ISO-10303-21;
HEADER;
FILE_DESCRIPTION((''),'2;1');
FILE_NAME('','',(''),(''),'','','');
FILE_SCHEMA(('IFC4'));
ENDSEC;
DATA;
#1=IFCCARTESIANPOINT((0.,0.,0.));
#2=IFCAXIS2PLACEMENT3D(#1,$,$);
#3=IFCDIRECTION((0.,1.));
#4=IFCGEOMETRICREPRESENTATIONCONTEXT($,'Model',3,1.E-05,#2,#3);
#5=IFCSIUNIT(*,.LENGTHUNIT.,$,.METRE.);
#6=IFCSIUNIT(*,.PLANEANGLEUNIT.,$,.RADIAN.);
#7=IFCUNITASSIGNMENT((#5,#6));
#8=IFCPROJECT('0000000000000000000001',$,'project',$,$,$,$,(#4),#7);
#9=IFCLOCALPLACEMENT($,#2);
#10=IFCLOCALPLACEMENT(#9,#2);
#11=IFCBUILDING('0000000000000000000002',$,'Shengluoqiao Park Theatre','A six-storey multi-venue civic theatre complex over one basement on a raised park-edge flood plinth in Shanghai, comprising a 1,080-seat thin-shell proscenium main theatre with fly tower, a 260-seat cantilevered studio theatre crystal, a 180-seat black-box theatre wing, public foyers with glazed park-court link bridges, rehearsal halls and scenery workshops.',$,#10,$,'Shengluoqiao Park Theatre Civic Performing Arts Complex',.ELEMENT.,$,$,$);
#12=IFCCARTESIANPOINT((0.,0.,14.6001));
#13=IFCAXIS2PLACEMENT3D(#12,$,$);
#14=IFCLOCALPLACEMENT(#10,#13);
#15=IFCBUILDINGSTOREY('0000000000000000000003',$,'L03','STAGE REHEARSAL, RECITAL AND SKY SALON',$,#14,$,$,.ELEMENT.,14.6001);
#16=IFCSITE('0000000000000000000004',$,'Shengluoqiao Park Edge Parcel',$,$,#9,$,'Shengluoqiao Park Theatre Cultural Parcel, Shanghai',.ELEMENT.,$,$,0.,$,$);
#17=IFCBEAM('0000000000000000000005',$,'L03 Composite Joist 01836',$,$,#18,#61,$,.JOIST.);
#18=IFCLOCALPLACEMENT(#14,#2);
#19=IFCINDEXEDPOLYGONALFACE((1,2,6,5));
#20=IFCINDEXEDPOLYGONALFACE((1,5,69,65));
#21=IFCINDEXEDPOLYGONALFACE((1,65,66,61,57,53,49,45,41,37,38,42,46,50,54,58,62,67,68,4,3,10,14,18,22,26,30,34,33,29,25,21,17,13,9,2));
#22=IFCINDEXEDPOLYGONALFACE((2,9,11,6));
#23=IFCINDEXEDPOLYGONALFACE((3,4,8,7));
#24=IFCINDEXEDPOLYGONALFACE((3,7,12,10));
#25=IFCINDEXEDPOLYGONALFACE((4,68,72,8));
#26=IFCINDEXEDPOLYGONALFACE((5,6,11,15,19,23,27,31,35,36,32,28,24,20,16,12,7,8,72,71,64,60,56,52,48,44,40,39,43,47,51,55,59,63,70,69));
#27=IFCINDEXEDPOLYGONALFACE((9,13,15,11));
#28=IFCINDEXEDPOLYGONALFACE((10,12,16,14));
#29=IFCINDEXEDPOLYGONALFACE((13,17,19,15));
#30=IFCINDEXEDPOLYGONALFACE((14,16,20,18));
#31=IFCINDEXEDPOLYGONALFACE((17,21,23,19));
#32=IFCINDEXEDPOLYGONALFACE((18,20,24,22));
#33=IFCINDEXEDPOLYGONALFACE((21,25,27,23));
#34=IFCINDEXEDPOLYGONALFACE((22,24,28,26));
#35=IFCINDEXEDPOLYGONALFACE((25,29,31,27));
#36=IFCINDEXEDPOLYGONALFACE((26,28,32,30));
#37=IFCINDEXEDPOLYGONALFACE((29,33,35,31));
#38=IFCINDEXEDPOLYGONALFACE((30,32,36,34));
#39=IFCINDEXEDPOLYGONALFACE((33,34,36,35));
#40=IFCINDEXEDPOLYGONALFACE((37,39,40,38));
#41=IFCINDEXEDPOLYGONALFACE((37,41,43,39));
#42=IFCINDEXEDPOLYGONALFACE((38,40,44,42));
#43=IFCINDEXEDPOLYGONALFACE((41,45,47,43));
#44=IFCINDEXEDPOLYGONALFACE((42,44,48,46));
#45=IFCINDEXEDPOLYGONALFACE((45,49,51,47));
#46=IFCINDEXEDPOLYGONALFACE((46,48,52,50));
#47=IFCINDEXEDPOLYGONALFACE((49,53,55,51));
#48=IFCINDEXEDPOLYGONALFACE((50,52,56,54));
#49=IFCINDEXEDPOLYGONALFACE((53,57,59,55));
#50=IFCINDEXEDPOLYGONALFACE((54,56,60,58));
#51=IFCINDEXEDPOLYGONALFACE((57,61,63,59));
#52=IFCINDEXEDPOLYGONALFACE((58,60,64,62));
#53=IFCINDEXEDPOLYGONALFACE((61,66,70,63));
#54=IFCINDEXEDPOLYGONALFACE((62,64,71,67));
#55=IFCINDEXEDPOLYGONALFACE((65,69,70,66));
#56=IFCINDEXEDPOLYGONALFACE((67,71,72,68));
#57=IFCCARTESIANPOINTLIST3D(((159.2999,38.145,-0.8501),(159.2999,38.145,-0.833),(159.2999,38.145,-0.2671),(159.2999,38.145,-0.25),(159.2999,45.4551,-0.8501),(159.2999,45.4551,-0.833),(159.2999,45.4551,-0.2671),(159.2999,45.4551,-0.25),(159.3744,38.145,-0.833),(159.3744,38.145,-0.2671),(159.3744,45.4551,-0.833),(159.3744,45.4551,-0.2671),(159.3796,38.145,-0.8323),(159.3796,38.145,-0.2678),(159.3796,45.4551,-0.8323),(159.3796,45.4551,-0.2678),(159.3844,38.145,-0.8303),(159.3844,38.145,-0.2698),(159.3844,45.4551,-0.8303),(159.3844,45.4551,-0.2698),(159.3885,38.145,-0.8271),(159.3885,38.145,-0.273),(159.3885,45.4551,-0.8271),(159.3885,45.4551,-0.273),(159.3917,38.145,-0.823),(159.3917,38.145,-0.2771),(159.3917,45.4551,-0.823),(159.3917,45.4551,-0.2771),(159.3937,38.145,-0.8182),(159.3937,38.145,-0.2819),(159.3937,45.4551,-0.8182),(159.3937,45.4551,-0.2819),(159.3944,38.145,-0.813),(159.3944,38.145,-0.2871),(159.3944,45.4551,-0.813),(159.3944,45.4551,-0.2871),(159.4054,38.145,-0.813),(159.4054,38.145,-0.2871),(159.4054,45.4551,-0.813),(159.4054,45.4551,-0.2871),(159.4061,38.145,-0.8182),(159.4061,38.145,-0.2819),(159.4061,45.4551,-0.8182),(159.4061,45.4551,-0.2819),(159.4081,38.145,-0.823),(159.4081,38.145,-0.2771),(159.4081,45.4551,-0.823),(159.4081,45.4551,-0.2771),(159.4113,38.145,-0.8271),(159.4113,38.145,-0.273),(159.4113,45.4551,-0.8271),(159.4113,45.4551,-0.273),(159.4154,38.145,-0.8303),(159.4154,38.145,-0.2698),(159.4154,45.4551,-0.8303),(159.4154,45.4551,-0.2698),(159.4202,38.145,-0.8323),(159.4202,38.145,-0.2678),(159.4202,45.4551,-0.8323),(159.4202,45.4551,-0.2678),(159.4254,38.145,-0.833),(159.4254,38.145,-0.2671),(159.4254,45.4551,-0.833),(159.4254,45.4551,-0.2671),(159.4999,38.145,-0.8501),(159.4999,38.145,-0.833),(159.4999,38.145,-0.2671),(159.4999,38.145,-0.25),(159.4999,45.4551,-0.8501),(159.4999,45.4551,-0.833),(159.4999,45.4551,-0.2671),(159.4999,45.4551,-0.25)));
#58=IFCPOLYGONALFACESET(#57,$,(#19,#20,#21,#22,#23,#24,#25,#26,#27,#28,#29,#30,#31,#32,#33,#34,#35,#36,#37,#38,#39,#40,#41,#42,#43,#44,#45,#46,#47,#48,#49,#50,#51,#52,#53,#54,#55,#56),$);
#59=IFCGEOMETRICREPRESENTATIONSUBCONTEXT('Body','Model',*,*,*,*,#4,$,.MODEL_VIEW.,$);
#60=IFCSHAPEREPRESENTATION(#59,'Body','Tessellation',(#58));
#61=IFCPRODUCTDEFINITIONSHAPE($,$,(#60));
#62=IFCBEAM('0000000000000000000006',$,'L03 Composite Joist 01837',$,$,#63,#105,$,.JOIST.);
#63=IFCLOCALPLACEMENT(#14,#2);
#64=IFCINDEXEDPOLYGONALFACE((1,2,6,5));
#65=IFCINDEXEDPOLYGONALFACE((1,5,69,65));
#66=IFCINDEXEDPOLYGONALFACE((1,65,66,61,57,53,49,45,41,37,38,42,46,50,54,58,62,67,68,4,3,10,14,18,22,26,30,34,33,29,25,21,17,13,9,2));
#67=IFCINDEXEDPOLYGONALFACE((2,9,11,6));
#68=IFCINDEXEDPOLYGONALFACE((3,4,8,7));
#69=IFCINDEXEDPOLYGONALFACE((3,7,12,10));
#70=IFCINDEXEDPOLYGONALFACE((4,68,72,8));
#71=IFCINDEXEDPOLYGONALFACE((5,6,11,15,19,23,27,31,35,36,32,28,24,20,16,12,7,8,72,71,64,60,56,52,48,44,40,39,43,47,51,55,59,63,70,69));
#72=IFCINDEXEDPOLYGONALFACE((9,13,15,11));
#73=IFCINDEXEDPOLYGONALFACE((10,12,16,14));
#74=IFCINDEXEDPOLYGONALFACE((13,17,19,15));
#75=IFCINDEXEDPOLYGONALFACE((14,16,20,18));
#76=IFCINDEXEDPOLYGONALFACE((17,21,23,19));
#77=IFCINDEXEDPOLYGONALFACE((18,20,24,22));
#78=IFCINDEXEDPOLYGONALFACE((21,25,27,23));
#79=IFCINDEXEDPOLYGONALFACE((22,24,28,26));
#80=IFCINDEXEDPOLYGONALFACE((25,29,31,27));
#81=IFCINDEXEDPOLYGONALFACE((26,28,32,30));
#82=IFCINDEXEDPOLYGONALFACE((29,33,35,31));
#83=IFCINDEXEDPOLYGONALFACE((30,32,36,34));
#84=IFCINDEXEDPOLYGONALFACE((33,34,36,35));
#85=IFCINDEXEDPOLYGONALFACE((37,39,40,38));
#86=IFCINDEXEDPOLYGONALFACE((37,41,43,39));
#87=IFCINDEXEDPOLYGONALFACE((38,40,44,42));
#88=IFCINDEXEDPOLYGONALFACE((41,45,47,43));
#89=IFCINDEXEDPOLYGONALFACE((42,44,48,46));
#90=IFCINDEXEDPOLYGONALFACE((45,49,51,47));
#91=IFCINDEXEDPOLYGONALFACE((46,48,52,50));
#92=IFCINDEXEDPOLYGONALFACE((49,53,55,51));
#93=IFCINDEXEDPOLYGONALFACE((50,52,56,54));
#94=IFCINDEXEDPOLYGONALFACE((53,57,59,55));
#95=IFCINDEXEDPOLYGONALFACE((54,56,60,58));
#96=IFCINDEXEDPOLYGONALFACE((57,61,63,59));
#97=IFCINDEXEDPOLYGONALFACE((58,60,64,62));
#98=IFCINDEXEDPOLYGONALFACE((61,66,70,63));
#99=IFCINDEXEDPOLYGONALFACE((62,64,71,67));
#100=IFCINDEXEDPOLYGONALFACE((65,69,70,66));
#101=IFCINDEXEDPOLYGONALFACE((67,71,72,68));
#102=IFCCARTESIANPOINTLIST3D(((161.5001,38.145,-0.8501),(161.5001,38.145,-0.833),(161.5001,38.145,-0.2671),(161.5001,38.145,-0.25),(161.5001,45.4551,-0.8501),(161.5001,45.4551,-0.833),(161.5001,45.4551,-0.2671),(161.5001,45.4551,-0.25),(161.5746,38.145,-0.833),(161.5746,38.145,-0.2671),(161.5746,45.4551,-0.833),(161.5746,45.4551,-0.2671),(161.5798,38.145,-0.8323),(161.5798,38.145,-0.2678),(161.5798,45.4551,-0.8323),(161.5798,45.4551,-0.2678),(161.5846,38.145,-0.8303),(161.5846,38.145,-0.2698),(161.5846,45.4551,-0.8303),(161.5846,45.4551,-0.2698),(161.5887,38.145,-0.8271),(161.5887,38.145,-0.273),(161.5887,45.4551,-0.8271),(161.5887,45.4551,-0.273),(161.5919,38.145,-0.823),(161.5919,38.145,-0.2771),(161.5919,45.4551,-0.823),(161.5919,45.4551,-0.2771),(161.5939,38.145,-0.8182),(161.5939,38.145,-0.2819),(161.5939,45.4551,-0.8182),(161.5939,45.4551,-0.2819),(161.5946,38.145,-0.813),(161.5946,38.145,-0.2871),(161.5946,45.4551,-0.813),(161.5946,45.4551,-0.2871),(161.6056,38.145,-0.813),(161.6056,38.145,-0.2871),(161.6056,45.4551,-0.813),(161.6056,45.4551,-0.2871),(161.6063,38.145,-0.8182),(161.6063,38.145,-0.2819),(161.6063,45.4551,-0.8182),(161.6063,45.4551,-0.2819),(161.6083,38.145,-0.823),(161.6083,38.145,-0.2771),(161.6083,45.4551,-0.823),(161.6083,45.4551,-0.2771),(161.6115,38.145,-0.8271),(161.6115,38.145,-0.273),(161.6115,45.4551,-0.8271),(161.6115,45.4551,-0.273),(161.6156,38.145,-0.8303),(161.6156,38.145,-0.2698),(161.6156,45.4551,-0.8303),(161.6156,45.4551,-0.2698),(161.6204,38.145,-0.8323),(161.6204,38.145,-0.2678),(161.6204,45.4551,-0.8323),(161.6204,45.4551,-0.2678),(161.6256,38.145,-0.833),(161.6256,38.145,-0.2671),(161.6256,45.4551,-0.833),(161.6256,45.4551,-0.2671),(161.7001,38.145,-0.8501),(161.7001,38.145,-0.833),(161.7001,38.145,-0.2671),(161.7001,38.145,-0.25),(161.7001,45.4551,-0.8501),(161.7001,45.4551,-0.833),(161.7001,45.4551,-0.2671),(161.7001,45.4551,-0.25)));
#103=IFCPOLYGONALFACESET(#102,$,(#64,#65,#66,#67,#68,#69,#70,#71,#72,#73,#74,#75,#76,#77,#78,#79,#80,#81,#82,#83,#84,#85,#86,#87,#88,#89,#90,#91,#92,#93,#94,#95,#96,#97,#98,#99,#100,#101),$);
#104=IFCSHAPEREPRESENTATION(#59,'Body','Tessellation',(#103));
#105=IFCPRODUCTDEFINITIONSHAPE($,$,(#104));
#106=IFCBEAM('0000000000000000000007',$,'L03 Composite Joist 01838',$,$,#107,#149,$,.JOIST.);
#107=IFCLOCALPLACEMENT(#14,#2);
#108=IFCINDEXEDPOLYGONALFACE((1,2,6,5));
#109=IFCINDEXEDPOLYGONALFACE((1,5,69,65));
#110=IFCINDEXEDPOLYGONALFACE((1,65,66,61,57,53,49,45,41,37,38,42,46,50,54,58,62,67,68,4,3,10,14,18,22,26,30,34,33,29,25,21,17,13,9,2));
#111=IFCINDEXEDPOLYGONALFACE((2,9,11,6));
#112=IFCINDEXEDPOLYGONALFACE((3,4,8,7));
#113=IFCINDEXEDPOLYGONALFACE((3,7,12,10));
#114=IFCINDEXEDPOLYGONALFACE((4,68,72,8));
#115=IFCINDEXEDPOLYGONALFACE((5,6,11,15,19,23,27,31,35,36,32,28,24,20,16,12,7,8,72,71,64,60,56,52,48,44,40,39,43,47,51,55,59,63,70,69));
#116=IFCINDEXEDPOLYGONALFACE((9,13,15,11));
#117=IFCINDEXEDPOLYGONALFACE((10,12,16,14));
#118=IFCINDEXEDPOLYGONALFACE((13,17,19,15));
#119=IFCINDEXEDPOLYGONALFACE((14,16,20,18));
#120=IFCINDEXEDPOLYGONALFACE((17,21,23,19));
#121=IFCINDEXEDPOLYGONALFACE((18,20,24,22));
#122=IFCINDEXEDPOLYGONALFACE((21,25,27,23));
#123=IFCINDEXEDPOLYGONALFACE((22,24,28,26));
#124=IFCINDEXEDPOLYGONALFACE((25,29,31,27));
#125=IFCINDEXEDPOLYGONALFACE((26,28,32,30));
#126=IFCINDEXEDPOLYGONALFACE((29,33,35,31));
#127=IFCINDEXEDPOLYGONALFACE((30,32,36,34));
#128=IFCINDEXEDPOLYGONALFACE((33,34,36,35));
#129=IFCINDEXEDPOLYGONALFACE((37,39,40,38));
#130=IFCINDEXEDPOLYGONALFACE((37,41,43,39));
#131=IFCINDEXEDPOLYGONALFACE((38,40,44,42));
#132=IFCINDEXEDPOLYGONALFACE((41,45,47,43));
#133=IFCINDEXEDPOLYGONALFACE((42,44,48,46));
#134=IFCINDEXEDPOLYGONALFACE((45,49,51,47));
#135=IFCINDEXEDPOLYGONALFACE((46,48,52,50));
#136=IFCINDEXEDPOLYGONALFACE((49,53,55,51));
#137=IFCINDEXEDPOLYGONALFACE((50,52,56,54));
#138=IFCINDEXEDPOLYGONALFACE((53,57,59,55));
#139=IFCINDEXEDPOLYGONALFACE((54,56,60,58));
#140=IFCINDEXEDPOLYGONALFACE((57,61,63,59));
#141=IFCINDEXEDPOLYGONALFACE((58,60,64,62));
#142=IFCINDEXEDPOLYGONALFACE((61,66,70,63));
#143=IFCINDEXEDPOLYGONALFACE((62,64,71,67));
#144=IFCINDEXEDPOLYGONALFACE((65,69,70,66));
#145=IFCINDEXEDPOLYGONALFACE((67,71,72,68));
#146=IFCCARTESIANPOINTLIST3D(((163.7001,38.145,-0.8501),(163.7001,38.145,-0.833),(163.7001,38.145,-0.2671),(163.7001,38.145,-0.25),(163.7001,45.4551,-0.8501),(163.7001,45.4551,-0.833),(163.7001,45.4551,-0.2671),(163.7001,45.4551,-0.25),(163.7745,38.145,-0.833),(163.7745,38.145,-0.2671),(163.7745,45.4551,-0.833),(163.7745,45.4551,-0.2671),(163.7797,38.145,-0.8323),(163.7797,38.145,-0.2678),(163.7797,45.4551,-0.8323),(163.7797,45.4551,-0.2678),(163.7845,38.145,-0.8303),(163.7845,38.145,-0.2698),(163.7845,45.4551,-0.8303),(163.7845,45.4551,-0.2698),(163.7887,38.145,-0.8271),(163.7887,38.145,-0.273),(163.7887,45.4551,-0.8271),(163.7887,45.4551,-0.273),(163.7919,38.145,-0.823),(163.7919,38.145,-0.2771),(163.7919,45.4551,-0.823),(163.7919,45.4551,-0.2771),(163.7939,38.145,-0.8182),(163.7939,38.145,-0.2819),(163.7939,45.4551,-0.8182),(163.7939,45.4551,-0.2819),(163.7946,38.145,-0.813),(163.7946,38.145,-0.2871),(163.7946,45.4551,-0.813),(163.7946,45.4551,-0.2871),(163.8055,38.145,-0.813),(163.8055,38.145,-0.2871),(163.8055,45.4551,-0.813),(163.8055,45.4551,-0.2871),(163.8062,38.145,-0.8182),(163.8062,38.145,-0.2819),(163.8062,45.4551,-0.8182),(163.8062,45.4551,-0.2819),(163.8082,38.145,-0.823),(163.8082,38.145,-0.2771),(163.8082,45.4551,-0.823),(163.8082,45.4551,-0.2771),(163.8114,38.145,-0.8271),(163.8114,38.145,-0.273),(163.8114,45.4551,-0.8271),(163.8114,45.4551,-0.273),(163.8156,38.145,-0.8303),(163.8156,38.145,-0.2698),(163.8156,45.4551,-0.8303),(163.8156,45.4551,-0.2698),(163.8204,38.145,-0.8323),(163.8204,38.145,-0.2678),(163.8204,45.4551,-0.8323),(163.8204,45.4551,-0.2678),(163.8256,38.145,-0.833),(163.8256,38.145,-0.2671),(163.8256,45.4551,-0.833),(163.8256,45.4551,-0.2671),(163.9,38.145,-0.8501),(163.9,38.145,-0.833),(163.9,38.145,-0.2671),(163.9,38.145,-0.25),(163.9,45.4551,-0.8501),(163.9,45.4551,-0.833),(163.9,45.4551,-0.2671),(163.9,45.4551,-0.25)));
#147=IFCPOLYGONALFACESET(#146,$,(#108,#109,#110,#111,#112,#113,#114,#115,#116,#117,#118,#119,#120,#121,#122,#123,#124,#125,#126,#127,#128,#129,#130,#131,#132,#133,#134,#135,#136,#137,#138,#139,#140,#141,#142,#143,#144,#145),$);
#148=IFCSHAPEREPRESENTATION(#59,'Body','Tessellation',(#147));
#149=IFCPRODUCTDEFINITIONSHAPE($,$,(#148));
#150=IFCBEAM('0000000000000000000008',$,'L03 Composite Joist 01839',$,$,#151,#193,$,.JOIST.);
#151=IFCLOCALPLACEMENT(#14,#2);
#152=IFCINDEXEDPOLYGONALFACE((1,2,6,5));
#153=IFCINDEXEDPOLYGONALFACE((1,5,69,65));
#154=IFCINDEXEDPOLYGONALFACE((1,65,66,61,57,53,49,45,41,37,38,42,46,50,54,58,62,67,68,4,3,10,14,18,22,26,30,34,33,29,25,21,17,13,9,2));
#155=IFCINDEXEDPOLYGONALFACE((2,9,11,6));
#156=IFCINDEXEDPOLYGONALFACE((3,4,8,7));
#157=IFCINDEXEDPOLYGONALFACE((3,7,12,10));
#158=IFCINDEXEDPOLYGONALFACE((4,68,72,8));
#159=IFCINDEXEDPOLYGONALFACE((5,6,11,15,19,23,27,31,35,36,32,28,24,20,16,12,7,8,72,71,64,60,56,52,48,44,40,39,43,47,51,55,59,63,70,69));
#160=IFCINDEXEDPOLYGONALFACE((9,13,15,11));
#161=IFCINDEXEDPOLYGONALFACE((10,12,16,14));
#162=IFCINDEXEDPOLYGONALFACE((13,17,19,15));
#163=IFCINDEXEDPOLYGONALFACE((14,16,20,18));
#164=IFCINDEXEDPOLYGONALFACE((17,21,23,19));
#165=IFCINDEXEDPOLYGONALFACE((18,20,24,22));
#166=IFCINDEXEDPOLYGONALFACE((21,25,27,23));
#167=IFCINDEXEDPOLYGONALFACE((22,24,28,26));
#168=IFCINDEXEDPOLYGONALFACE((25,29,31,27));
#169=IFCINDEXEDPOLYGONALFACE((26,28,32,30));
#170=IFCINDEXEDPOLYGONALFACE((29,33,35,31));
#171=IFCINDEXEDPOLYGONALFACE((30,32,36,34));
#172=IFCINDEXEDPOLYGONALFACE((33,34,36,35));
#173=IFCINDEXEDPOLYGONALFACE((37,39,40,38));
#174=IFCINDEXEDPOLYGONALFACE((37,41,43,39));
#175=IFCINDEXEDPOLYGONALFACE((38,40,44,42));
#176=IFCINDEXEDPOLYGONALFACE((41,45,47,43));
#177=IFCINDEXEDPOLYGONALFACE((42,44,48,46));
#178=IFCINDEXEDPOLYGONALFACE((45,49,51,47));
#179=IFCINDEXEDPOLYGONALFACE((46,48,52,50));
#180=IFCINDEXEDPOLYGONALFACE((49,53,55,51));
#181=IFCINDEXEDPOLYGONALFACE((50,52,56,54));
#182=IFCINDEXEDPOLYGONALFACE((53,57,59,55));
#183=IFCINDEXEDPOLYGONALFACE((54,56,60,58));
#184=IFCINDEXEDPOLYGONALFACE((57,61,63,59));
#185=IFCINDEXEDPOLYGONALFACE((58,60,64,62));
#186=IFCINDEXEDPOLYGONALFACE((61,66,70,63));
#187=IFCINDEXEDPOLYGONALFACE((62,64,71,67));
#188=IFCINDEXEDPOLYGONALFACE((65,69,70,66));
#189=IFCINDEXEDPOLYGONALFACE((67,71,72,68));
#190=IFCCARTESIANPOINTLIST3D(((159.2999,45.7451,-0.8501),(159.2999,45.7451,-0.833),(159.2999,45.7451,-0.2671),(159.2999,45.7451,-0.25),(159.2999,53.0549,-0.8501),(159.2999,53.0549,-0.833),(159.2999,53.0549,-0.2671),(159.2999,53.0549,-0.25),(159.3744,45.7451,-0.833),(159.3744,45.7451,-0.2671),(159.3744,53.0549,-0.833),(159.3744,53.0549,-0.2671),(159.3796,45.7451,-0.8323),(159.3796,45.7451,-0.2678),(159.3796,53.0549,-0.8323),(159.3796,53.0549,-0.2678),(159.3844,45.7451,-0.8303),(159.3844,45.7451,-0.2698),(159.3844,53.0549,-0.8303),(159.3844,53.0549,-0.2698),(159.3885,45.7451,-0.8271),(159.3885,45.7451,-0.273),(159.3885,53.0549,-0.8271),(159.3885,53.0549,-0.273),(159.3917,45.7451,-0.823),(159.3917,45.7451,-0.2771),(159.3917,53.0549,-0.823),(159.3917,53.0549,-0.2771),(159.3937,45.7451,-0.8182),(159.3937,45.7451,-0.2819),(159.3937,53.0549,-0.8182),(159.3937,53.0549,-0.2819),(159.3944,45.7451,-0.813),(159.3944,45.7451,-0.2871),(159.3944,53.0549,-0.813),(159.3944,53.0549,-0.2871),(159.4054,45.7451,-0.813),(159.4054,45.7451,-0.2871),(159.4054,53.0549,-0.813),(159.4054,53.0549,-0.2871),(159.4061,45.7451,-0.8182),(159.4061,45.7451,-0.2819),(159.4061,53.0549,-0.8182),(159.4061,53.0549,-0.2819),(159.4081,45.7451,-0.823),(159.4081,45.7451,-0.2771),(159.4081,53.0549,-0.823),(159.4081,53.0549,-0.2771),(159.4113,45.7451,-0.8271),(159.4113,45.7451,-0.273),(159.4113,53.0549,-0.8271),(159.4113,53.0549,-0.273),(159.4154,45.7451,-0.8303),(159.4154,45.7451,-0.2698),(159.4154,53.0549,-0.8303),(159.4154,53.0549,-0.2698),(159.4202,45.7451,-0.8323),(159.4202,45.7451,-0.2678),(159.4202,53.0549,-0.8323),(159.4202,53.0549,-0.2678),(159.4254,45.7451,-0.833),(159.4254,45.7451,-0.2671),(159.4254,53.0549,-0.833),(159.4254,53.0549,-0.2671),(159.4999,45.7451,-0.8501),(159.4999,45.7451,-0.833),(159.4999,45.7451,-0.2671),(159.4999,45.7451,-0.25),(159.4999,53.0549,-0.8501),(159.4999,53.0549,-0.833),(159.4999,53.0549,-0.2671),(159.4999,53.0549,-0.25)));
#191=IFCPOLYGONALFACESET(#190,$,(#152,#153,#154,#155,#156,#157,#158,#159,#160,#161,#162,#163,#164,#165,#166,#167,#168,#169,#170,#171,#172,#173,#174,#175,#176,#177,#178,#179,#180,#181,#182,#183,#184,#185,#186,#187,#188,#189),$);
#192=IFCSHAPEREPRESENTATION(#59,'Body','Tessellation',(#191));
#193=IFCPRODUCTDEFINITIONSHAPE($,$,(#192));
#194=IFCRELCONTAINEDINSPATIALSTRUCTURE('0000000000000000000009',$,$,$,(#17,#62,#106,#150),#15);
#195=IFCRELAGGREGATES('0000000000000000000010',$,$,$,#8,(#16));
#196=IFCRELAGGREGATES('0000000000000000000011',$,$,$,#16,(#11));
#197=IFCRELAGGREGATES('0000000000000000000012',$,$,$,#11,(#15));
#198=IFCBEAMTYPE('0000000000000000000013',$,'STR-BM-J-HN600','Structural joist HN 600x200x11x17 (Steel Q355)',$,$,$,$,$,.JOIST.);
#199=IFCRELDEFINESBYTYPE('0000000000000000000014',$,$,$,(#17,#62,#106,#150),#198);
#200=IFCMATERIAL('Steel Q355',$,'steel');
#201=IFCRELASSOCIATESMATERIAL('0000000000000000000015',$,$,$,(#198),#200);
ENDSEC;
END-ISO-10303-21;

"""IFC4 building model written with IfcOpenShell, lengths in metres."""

from ifc_helpers import new_model, si_unit, direction, frame, origin, origin_2d, place, context, subcontext, project, spatial, i_section, extrude, material, material_profile, profile_set, type_object, element, save


model = new_model("IFC4")

# Units and contexts
model_context = context("Model", 3, precision=1e-05, world=origin(), true_north=direction((0.0, 1.0)))
body_context = subcontext(model_context, "Body", "Model", "MODEL_VIEW")
ifc_project = project(units=[si_unit("LENGTHUNIT", "METRE"), si_unit("PLANEANGLEUNIT", "RADIAN")], contexts=[model_context])

# Site, building, storey
site_placement = place(None, origin())
site = spatial("IfcSite", under=ifc_project, at=site_placement, Name="Shengluoqiao Park Edge Parcel", LongName="Shengluoqiao Park Theatre Cultural Parcel, Shanghai", CompositionType="ELEMENT", RefElevation=0.0)
building_placement = place(site_placement, origin())
building = spatial("IfcBuilding", under=site, at=building_placement, Name="Shengluoqiao Park Theatre", Description="A six-storey multi-venue civic theatre complex over one basement on a raised park-edge flood plinth in Shanghai, comprising a 1,080-seat thin-shell proscenium main theatre with fly tower, a 260-seat cantilevered studio theatre crystal, a 180-seat black-box theatre wing, public foyers with glazed park-court link bridges, rehearsal halls and scenery workshops.", LongName="Shengluoqiao Park Theatre Civic Performing Arts Complex", CompositionType="ELEMENT")
storey_placement = place(building_placement, frame((0.0, 0.0, 14.6001)))
storey = spatial("IfcBuildingStorey", under=building, at=storey_placement, Name="L03", Description="STAGE REHEARSAL, RECITAL AND SKY SALON", CompositionType="ELEMENT", Elevation=14.6001)

# Beams
ifc_material_1 = material(Name="Steel Q355", Category="steel")
ifc_material_profile_1 = material_profile(ifc_material_1, i_section(OverallWidth=0.2, OverallDepth=0.6001, WebThickness=0.011, FlangeThickness=0.0171, FilletRadius=0.02, at=origin_2d()), Name="HN 600x200x11x17")
ifc_profile_set_1 = profile_set([ifc_material_profile_1], Name="Steel Q355")
beam_type_1 = type_object("IfcBeamType", Name="STR-BM-J-HN600", Description="Structural joist HN 600x200x11x17 (Steel Q355)", PredefinedType="JOIST", material=ifc_profile_set_1)
for number, where, z_axis, x_axis, name in (
    (1, (159.3999, 38.145, -0.55), (0.0, 1.0, 0.0), (-1.0, 0.0, 0.0), "L03 Composite Joist 01836"),
    (2, (161.6001, 38.145, -0.55), (0.0, 1.0, 0.0), (-1.0, 0.0, 0.0), "L03 Composite Joist 01837"),
    (3, (163.8, 38.145, -0.55), (0.0, 1.0, 0.0), (-1.0, 0.0, 0.0), "L03 Composite Joist 01838"),
):
    element("IfcBeam", number, at=place(storey_placement, frame(where, z_axis=z_axis, x_axis=x_axis)), inside=storey, type_object=beam_type_1, Name=name, PredefinedType="JOIST", context=body_context, shape_type="SweptSolid", body=[
        extrude(i_section(OverallWidth=0.2, OverallDepth=0.6001, WebThickness=0.011, FlangeThickness=0.0171, FilletRadius=0.02, at=origin_2d()), origin(), (0.0, 0.0, 1.0), 7.3101),
    ])
for number, where, z_axis, x_axis, name in (
    (4, (159.3999, 45.7451, -0.55), (0.0, 1.0, 0.0), (-1.0, 0.0, 0.0), "L03 Composite Joist 01839"),
):
    element("IfcBeam", number, at=place(storey_placement, frame(where, z_axis=z_axis, x_axis=x_axis)), inside=storey, type_object=beam_type_1, Name=name, PredefinedType="JOIST", context=body_context, shape_type="SweptSolid", body=[
        extrude(i_section(OverallWidth=0.2, OverallDepth=0.6001, WebThickness=0.011, FlangeThickness=0.0171, FilletRadius=0.02, at=origin_2d()), origin(), (0.0, 0.0, 1.0), 7.3098),
    ])

save(model, "model.ifc")
